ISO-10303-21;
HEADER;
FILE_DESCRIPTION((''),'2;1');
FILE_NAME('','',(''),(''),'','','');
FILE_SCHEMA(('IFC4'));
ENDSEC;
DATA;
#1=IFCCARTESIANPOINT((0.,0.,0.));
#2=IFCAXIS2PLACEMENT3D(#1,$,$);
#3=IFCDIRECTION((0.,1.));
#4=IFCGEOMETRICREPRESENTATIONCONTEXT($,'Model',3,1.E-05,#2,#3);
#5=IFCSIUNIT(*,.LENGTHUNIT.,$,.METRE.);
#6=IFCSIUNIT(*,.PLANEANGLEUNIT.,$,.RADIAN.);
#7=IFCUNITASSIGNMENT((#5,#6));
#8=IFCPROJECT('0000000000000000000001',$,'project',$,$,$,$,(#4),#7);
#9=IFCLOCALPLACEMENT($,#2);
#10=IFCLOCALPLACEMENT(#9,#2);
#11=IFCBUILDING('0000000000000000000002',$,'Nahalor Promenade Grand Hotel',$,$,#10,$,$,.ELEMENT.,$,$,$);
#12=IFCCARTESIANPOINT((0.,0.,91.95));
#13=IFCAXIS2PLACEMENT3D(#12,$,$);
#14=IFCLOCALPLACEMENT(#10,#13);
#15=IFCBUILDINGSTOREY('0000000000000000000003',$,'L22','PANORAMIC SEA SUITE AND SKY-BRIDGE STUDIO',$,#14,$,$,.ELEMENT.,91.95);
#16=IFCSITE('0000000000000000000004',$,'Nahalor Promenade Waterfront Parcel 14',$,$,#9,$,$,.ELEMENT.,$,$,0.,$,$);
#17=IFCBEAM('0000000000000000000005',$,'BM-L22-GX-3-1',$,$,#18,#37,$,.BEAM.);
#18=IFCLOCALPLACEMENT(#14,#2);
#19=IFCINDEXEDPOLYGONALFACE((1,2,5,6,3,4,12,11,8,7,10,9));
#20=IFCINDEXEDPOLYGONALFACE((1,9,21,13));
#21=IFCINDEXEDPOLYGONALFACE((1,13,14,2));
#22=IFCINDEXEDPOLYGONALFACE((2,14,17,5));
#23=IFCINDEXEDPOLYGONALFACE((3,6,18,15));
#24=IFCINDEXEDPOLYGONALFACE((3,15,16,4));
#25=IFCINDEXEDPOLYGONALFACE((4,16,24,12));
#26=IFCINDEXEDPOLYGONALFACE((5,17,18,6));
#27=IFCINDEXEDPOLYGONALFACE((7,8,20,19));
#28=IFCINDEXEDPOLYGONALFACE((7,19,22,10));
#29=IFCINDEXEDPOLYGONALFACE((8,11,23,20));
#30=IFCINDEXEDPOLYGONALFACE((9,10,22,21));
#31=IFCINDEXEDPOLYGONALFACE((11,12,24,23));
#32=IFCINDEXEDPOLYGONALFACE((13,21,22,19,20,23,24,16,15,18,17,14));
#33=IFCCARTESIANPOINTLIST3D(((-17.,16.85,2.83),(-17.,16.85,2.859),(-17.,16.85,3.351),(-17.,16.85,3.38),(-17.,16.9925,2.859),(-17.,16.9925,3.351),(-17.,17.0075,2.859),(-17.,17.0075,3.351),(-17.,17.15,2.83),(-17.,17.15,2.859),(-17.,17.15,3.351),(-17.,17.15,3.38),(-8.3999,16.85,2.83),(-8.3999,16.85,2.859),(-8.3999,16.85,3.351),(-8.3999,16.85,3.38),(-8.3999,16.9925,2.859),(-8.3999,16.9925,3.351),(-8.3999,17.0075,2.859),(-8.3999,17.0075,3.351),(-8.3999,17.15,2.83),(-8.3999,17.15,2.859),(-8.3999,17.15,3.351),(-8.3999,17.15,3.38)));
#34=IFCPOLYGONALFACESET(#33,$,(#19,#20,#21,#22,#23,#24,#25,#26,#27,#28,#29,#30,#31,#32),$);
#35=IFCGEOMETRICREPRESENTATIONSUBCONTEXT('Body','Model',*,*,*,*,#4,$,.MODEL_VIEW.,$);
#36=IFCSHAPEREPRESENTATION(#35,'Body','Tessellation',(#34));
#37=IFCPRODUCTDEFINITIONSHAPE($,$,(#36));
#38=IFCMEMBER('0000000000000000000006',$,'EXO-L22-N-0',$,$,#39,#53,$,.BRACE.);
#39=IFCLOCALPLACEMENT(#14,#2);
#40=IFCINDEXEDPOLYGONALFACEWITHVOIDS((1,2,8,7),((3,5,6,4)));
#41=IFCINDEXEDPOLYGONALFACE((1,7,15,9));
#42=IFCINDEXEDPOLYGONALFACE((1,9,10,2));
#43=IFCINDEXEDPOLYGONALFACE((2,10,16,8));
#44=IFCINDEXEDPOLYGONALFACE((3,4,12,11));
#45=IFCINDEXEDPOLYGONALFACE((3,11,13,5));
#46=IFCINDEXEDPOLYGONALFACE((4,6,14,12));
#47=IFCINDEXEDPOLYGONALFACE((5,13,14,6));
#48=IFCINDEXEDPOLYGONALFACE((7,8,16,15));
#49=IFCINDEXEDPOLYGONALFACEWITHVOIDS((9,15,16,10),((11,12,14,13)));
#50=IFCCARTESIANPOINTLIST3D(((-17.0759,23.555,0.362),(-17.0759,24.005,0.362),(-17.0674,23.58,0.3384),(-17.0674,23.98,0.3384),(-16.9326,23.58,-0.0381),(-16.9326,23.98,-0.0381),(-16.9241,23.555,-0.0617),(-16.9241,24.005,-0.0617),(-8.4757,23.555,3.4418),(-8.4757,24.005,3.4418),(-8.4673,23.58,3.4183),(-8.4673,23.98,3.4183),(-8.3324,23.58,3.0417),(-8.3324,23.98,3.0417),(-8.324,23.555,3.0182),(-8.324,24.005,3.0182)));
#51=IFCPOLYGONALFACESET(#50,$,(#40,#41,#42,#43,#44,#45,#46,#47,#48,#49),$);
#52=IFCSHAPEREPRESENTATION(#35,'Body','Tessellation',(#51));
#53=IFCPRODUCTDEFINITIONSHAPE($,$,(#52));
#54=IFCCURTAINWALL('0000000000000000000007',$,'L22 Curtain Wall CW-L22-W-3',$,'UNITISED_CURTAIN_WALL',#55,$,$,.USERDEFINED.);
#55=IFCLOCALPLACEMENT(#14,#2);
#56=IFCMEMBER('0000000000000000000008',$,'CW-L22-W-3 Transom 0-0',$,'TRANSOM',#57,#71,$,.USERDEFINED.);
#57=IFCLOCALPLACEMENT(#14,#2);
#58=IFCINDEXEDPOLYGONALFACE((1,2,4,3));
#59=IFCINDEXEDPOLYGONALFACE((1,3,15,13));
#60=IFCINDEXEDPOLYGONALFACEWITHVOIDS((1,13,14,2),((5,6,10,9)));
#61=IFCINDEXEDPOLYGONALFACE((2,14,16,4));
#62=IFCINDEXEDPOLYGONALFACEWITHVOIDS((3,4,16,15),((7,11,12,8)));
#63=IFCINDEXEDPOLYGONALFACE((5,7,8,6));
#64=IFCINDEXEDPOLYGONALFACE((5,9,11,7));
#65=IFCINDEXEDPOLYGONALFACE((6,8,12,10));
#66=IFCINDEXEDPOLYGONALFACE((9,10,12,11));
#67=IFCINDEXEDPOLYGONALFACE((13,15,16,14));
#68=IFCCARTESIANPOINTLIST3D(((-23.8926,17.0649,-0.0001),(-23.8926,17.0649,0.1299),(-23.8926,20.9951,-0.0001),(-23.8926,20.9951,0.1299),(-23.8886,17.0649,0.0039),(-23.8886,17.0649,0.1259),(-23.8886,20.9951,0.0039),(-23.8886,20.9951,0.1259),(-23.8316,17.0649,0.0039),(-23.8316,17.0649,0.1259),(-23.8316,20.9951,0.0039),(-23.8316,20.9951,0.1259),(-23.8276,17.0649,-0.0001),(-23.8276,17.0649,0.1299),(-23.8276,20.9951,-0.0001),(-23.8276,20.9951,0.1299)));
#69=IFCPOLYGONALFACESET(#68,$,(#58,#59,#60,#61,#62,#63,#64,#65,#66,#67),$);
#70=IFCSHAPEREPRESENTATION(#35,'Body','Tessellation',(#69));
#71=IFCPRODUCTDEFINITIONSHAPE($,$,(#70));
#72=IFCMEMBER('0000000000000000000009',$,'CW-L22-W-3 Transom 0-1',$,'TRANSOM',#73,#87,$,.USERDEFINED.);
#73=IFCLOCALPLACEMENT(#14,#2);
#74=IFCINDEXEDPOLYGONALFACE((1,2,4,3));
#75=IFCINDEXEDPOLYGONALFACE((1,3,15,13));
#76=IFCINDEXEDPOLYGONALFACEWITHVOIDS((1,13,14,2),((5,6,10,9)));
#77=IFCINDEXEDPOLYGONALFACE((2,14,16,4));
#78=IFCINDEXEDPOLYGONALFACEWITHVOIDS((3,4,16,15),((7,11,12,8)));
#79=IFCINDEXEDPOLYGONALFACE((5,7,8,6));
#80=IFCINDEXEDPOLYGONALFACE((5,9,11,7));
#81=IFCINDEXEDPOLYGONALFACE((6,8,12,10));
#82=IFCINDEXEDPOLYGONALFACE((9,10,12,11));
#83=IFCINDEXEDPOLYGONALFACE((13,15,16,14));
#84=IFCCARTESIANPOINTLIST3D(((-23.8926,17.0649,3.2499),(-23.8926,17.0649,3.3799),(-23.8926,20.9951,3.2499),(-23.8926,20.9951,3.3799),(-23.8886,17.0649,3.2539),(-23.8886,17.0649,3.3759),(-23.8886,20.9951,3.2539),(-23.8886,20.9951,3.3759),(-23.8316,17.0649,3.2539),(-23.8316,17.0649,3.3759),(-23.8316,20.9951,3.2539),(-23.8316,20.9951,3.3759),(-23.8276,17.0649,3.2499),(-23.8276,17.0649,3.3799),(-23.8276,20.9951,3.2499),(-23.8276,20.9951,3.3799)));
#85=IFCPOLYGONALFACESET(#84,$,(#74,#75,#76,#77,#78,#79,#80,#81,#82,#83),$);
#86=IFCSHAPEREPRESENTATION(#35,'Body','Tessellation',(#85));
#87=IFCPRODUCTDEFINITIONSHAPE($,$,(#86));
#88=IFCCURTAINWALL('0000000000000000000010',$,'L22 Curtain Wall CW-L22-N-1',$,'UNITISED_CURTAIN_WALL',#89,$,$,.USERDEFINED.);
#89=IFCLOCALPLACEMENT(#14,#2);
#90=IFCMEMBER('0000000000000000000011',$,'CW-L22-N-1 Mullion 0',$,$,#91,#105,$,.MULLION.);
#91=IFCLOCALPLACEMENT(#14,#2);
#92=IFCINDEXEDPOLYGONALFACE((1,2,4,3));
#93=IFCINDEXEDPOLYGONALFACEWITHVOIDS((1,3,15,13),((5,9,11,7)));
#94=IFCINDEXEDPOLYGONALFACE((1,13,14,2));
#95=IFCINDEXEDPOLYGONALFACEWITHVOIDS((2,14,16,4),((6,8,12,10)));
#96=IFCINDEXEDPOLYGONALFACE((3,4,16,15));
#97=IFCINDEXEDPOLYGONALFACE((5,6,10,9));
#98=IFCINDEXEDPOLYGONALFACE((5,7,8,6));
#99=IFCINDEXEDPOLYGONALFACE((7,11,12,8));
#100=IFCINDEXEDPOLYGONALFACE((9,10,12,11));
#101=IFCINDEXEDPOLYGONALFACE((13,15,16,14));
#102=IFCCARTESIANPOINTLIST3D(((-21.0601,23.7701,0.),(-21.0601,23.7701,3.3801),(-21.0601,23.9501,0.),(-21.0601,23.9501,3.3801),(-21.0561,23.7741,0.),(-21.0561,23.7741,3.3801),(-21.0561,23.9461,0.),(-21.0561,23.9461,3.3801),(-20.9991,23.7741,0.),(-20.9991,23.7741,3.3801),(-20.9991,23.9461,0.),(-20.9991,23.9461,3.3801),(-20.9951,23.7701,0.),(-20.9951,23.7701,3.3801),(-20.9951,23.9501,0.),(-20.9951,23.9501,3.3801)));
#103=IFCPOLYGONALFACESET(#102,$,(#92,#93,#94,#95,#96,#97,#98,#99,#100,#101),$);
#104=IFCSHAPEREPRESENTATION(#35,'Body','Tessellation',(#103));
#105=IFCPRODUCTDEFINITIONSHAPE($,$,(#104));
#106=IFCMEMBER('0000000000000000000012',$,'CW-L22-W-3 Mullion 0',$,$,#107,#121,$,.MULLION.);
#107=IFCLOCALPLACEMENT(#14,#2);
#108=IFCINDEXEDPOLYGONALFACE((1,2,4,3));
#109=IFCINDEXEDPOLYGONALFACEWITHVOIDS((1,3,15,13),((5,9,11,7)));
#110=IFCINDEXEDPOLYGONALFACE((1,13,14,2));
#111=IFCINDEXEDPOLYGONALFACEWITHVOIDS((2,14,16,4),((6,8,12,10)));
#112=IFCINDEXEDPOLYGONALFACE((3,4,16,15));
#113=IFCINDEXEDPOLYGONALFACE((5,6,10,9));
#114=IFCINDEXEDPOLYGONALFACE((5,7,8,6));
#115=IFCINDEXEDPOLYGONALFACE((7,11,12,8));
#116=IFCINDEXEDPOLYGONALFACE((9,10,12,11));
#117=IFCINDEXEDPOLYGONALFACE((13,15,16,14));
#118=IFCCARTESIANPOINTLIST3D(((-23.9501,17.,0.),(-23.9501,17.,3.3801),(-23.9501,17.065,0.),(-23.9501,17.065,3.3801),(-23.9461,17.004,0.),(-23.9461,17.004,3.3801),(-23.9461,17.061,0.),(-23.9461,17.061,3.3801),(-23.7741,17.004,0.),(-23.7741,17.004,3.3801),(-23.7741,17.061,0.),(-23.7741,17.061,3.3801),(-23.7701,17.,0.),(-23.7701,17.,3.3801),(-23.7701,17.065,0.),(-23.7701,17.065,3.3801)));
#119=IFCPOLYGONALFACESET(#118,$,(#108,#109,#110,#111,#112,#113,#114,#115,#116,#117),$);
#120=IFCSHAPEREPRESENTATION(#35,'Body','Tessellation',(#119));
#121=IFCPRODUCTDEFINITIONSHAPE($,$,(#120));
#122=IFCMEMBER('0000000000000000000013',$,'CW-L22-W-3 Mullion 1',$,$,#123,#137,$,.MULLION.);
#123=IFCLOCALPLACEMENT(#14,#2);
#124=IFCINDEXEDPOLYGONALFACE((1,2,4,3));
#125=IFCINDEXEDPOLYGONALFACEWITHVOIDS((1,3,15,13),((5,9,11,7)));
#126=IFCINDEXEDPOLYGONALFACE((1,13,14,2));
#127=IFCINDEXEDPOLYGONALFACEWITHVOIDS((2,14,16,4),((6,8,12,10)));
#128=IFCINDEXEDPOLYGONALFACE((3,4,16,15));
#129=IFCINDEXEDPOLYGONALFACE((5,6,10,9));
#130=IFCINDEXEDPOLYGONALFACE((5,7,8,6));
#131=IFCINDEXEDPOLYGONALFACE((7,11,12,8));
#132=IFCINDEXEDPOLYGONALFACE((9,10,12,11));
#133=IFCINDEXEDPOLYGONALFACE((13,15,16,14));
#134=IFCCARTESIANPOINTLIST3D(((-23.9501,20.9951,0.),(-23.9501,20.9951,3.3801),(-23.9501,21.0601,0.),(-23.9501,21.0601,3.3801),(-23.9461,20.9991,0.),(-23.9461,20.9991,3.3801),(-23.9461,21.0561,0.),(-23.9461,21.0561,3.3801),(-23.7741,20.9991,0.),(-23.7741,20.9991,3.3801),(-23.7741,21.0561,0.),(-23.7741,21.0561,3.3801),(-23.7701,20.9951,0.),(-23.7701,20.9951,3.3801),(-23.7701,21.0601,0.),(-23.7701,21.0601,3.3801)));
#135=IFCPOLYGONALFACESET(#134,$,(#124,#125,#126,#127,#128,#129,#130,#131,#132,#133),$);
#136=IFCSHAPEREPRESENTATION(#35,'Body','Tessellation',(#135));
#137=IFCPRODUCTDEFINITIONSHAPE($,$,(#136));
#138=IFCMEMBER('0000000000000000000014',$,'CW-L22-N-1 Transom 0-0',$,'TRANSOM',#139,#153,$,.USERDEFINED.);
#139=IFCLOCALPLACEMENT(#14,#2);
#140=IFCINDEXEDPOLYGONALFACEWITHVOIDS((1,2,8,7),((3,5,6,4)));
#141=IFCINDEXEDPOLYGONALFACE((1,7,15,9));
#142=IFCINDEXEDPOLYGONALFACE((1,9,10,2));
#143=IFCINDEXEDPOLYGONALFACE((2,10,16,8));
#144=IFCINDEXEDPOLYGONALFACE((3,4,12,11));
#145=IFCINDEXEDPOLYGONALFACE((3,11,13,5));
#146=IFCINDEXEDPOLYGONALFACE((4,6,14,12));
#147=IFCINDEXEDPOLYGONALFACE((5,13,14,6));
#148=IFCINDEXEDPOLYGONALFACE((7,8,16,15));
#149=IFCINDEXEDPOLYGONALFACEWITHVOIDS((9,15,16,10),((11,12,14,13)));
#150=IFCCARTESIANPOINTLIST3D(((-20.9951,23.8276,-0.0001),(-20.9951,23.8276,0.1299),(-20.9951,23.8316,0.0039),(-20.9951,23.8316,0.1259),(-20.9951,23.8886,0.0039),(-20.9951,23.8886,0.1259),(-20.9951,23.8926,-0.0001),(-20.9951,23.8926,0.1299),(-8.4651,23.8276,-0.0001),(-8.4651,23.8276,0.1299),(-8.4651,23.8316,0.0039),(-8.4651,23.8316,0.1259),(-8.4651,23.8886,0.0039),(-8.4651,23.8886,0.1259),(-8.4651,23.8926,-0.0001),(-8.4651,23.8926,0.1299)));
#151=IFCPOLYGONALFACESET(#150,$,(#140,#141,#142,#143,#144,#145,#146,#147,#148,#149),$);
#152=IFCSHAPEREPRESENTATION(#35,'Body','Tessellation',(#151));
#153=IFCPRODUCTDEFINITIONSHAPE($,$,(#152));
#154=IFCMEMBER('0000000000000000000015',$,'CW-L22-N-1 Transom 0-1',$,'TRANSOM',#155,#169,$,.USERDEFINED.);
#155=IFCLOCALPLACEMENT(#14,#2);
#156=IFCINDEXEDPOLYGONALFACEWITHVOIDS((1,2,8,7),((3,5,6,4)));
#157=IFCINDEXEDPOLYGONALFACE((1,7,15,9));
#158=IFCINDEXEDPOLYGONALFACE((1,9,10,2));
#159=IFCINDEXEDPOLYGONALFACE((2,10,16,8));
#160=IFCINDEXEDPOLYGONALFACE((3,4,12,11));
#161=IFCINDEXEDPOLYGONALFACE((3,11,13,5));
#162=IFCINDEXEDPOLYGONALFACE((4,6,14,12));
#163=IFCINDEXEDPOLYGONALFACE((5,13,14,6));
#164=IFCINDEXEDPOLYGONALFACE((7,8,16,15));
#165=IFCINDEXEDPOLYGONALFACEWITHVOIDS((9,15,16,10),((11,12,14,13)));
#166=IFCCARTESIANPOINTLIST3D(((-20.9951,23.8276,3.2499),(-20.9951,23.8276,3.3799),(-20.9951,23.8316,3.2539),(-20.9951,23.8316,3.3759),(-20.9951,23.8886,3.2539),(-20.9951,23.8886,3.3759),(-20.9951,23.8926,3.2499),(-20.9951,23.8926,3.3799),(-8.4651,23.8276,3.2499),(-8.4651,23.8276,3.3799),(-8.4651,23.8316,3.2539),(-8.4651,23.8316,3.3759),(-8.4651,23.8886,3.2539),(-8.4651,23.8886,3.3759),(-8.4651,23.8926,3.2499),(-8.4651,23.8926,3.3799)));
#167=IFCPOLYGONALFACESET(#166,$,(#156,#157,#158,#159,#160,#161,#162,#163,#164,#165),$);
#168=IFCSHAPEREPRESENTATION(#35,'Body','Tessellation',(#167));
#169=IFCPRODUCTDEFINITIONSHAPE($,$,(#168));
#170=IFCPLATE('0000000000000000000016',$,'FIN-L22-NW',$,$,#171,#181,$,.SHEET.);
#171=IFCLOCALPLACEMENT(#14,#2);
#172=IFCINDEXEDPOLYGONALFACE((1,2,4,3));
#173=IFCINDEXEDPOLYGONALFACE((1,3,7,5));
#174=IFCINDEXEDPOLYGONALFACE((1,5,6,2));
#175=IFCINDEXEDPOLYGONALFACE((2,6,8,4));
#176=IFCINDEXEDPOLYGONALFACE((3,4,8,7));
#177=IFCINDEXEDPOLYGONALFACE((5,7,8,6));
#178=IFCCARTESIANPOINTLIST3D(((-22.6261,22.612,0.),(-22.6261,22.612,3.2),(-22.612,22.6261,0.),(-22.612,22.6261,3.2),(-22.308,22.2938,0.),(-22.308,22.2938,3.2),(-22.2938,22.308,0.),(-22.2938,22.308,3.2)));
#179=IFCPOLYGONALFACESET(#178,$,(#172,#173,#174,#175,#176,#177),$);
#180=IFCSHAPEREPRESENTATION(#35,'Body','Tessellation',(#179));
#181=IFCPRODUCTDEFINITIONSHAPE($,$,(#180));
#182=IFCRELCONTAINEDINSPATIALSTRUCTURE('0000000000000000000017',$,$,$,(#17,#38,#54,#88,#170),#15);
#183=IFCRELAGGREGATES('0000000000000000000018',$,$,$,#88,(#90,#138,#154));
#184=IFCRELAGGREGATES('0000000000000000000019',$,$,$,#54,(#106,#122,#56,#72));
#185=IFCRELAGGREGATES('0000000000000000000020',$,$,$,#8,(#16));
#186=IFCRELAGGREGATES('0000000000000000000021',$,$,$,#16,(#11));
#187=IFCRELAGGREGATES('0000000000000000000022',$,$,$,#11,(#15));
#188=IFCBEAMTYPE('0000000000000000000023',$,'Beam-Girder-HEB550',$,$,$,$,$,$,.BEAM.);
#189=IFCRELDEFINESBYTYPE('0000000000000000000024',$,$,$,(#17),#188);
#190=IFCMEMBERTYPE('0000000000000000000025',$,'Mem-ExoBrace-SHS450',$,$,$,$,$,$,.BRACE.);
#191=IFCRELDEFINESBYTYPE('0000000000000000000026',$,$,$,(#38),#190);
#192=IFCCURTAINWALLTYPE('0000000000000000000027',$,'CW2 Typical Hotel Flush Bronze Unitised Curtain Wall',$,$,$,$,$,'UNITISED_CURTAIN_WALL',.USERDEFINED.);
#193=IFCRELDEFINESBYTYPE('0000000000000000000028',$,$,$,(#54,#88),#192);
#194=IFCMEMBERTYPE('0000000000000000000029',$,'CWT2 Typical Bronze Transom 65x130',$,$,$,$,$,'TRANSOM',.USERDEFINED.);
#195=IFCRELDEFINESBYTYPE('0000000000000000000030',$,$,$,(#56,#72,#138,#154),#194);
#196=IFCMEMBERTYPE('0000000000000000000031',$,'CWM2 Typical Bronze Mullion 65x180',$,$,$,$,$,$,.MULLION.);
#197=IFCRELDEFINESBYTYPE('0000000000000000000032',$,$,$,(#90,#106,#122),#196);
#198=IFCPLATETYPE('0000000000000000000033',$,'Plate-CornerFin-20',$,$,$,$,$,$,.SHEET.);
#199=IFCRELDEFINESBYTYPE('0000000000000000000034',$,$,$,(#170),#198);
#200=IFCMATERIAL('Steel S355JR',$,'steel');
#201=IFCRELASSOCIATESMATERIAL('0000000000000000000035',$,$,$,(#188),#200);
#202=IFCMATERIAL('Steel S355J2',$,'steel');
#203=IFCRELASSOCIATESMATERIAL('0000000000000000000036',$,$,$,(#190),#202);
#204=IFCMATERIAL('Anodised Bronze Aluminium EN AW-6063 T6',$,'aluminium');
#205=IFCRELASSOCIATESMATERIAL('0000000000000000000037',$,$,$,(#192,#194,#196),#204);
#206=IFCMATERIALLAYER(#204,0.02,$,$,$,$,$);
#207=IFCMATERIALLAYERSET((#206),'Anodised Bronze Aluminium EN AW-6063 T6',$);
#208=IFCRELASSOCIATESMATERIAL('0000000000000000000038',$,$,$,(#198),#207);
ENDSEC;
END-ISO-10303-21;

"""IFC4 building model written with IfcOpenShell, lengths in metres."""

from ifc_helpers import new_model, si_unit, direction, frame, origin, origin_2d, place, context, subcontext, project, spatial, rectangle, hollow_rectangle, i_section, extrude, source, transform, mapped, material, layer, layer_set, material_profile, profile_set, type_object, element, aggregate, save


model = new_model("IFC4")

# Units and contexts
model_context = context("Model", 3, precision=1e-05, world=origin(), true_north=direction((0.0, 1.0)))
body_context = subcontext(model_context, "Body", "Model", "MODEL_VIEW")
ifc_project = project(units=[si_unit("LENGTHUNIT", "METRE"), si_unit("PLANEANGLEUNIT", "RADIAN")], contexts=[model_context])

# Site, building, storey
site_placement = place(None, origin())
site = spatial("IfcSite", under=ifc_project, at=site_placement, Name="Nahalor Promenade Waterfront Parcel 14", CompositionType="ELEMENT", RefElevation=0.0)
building_placement = place(site_placement, origin())
building = spatial("IfcBuilding", under=site, at=building_placement, Name="Nahalor Promenade Grand Hotel", CompositionType="ELEMENT")
storey_placement = place(building_placement, frame((0.0, 0.0, 91.95)))
storey = spatial("IfcBuildingStorey", under=building, at=storey_placement, Name="L22", Description="PANORAMIC SEA SUITE AND SKY-BRIDGE STUDIO", CompositionType="ELEMENT", Elevation=91.95)

# Shared definitions
ifc_material_1 = material(Name="Steel S355J2", Category="steel")

# Beam
ifc_material_2 = material(Name="Steel S355JR", Category="steel")
ifc_material_profile_1 = material_profile(ifc_material_2, i_section(OverallWidth=0.3, OverallDepth=0.55, WebThickness=0.015, FlangeThickness=0.029, at=origin_2d()), Name="HEB 550")
ifc_profile_set_1 = profile_set([ifc_material_profile_1], Name="Steel S355JR")
beam_type_1 = type_object("IfcBeamType", Name="Beam-Girder-HEB550", PredefinedType="BEAM", material=ifc_profile_set_1)
shared_shape_1 = source(origin(), body_context, "Body", "SweptSolid", [
    extrude(i_section(OverallWidth=0.3, OverallDepth=0.55, WebThickness=0.015, FlangeThickness=0.029, at=origin_2d()), origin(), (0.0, 0.0, 1.0), 8.6001),
])
beam_1_placement = place(storey_placement, frame((-17.0, 17.0, 3.105), z_axis=(1.0, 0.0, 0.0), x_axis=(0.0, 1.0, 0.0)))
element("IfcBeam", 1, at=beam_1_placement, inside=storey, type_object=beam_type_1, Name="BM-L22-GX-3-1", PredefinedType="BEAM", context=body_context, shape_type="MappedRepresentation", body=[
    mapped(shared_shape_1, transform((0.0, 0.0, 0.0), scale=1.0)),
])

# Member
ifc_material_profile_2 = material_profile(ifc_material_1, hollow_rectangle(XDim=0.45, YDim=0.45, WallThickness=0.025, at=origin_2d()), Name="SHS 450x450x25")
ifc_profile_set_2 = profile_set([ifc_material_profile_2], Name="Steel S355J2")
member_type_1 = type_object("IfcMemberType", Name="Mem-ExoBrace-SHS450", PredefinedType="BRACE", material=ifc_profile_set_2)
shared_shape_2 = source(origin(), body_context, "Body", "SweptSolid", [
    extrude(hollow_rectangle(XDim=0.45, YDim=0.45, WallThickness=0.025, at=origin_2d()), origin(), (0.0, 0.0, 1.0), 9.135),
])
member_1_placement = place(storey_placement, frame((-17.0, 23.78, 0.1501), z_axis=(0.941451, 0.0, 0.337149), x_axis=(0.0, 1.0, 0.0)))
element("IfcMember", 2, at=member_1_placement, inside=storey, type_object=member_type_1, Name="EXO-L22-N-0", PredefinedType="BRACE", context=body_context, shape_type="MappedRepresentation", body=[
    mapped(shared_shape_2, transform((0.0, 0.0, 0.0), scale=1.0)),
])

# Curtain wall, members
ifc_material_3 = material(Name="Anodised Bronze Aluminium EN AW-6063 T6", Category="aluminium")
curtain_wall_type = type_object("IfcCurtainWallType", Name="CW2 Typical Hotel Flush Bronze Unitised Curtain Wall", ElementType="UNITISED_CURTAIN_WALL", PredefinedType="USERDEFINED", material=ifc_material_3)
curtain_wall_1_placement = place(storey_placement, origin())
curtain_wall_1 = element("IfcCurtainWall", 3, at=curtain_wall_1_placement, inside=storey, type_object=curtain_wall_type, Name="L22 Curtain Wall CW-L22-W-3", ObjectType="UNITISED_CURTAIN_WALL", PredefinedType="USERDEFINED")
ifc_material_profile_3 = material_profile(ifc_material_3, hollow_rectangle(XDim=0.065, YDim=0.13, WallThickness=0.004, at=origin_2d()), Name="CWT 65x130x4")
ifc_profile_set_3 = profile_set([ifc_material_profile_3], Name="Anodised Bronze Aluminium EN AW-6063 T6")
member_type_2 = type_object("IfcMemberType", Name="CWT2 Typical Bronze Transom 65x130", ElementType="TRANSOM", PredefinedType="USERDEFINED", material=ifc_profile_set_3)
shared_shape_3 = source(origin(), body_context, "Body", "SweptSolid", [
    extrude(hollow_rectangle(XDim=0.065, YDim=0.13, WallThickness=0.004, at=origin_2d()), origin(), (0.0, 0.0, 1.0), 3.9302),
])
member_2_placement = place(storey_placement, frame((-23.8601, 17.0649, 0.0649), z_axis=(0.0, 1.0, 0.0), x_axis=(-1.0, 0.0, 0.0)))
member_2 = element("IfcMember", 4, at=member_2_placement, type_object=member_type_2, Name="CW-L22-W-3 Transom 0-0", ObjectType="TRANSOM", PredefinedType="USERDEFINED", context=body_context, shape_type="MappedRepresentation", body=[
    mapped(shared_shape_3, transform((0.0, 0.0, 0.0), scale=1.0)),
])
member_3_placement = place(storey_placement, frame((-23.8601, 17.0649, 3.3149), z_axis=(0.0, 1.0, 0.0), x_axis=(-1.0, 0.0, 0.0)))
member_3 = element("IfcMember", 5, at=member_3_placement, type_object=member_type_2, Name="CW-L22-W-3 Transom 0-1", ObjectType="TRANSOM", PredefinedType="USERDEFINED", context=body_context, shape_type="MappedRepresentation", body=[
    mapped(shared_shape_3, transform((0.0, 0.0, 0.0), scale=1.0)),
])

# Curtain wall, member
curtain_wall_2_placement = place(storey_placement, origin())
curtain_wall_2 = element("IfcCurtainWall", 6, at=curtain_wall_2_placement, inside=storey, type_object=curtain_wall_type, Name="L22 Curtain Wall CW-L22-N-1", ObjectType="UNITISED_CURTAIN_WALL", PredefinedType="USERDEFINED")
ifc_material_profile_4 = material_profile(ifc_material_3, hollow_rectangle(XDim=0.065, YDim=0.18, WallThickness=0.004, at=origin_2d()), Name="CWM 65x180x4")
ifc_profile_set_4 = profile_set([ifc_material_profile_4], Name="Anodised Bronze Aluminium EN AW-6063 T6")
member_type_3 = type_object("IfcMemberType", Name="CWM2 Typical Bronze Mullion 65x180", PredefinedType="MULLION", material=ifc_profile_set_4)
shared_shape_4 = source(origin(), body_context, "Body", "SweptSolid", [
    extrude(hollow_rectangle(XDim=0.065, YDim=0.18, WallThickness=0.004, at=origin_2d()), origin(), (0.0, 0.0, 1.0), 3.3801),
])
member_4_placement = place(storey_placement, frame((-21.0276, 23.8601, 0.0), z_axis=(0.0, 0.0, 1.0), x_axis=(1.0, 0.0, 0.0)))
member_4 = element("IfcMember", 7, at=member_4_placement, type_object=member_type_3, Name="CW-L22-N-1 Mullion 0", PredefinedType="MULLION", context=body_context, shape_type="MappedRepresentation", body=[
    mapped(shared_shape_4, transform((0.0, 0.0, 0.0), scale=1.0)),
])

# Members
member_5_placement = place(storey_placement, frame((-23.8601, 17.0325, 0.0), z_axis=(0.0, 0.0, 1.0), x_axis=(0.0, 1.0, 0.0)))
member_5 = element("IfcMember", 8, at=member_5_placement, type_object=member_type_3, Name="CW-L22-W-3 Mullion 0", PredefinedType="MULLION", context=body_context, shape_type="MappedRepresentation", body=[
    mapped(shared_shape_4, transform((0.0, 0.0, 0.0), scale=1.0)),
])
member_6_placement = place(storey_placement, frame((-23.8601, 21.0276, 0.0), z_axis=(0.0, 0.0, 1.0), x_axis=(0.0, 1.0, 0.0)))
member_6 = element("IfcMember", 9, at=member_6_placement, type_object=member_type_3, Name="CW-L22-W-3 Mullion 1", PredefinedType="MULLION", context=body_context, shape_type="MappedRepresentation", body=[
    mapped(shared_shape_4, transform((0.0, 0.0, 0.0), scale=1.0)),
])
shared_shape_5 = source(origin(), body_context, "Body", "SweptSolid", [
    extrude(hollow_rectangle(XDim=0.065, YDim=0.13, WallThickness=0.004, at=origin_2d()), origin(), (0.0, 0.0, 1.0), 12.53),
])
member_7_placement = place(storey_placement, frame((-20.9951, 23.8601, 0.0649), z_axis=(1.0, 0.0, 0.0), x_axis=(0.0, 1.0, 0.0)))
member_7 = element("IfcMember", 10, at=member_7_placement, type_object=member_type_2, Name="CW-L22-N-1 Transom 0-0", ObjectType="TRANSOM", PredefinedType="USERDEFINED", context=body_context, shape_type="MappedRepresentation", body=[
    mapped(shared_shape_5, transform((0.0, 0.0, 0.0), scale=1.0)),
])
member_8_placement = place(storey_placement, frame((-20.9951, 23.8601, 3.3149), z_axis=(1.0, 0.0, 0.0), x_axis=(0.0, 1.0, 0.0)))
member_8 = element("IfcMember", 11, at=member_8_placement, type_object=member_type_2, Name="CW-L22-N-1 Transom 0-1", ObjectType="TRANSOM", PredefinedType="USERDEFINED", context=body_context, shape_type="MappedRepresentation", body=[
    mapped(shared_shape_5, transform((0.0, 0.0, 0.0), scale=1.0)),
])
aggregate(curtain_wall_2, [member_4, member_7, member_8])

# Plate
ifc_layer_1 = layer(ifc_material_3, 0.02)
ifc_layer_set_1 = layer_set([ifc_layer_1], Name="Anodised Bronze Aluminium EN AW-6063 T6")
plate_type_1 = type_object("IfcPlateType", Name="Plate-CornerFin-20", PredefinedType="SHEET", material=ifc_layer_set_1)
shared_shape_6 = source(origin(), body_context, "Body", "SweptSolid", [
    extrude(rectangle(XDim=0.45, YDim=0.02, at=origin_2d()), origin(), (0.0, 0.0, 1.0), 3.2),
])
plate_1_placement = place(storey_placement, frame((-22.46, 22.46, 0.0), z_axis=(0.0, 0.0, 1.0), x_axis=(-0.707107, 0.707107, 0.0)))
element("IfcPlate", 12, at=plate_1_placement, inside=storey, type_object=plate_type_1, Name="FIN-L22-NW", PredefinedType="SHEET", context=body_context, shape_type="MappedRepresentation", body=[
    mapped(shared_shape_6, transform((0.0, 0.0, 0.0), scale=1.0)),
])
aggregate(curtain_wall_1, [member_5, member_6, member_2, member_3])

save(model, "model.ifc")
